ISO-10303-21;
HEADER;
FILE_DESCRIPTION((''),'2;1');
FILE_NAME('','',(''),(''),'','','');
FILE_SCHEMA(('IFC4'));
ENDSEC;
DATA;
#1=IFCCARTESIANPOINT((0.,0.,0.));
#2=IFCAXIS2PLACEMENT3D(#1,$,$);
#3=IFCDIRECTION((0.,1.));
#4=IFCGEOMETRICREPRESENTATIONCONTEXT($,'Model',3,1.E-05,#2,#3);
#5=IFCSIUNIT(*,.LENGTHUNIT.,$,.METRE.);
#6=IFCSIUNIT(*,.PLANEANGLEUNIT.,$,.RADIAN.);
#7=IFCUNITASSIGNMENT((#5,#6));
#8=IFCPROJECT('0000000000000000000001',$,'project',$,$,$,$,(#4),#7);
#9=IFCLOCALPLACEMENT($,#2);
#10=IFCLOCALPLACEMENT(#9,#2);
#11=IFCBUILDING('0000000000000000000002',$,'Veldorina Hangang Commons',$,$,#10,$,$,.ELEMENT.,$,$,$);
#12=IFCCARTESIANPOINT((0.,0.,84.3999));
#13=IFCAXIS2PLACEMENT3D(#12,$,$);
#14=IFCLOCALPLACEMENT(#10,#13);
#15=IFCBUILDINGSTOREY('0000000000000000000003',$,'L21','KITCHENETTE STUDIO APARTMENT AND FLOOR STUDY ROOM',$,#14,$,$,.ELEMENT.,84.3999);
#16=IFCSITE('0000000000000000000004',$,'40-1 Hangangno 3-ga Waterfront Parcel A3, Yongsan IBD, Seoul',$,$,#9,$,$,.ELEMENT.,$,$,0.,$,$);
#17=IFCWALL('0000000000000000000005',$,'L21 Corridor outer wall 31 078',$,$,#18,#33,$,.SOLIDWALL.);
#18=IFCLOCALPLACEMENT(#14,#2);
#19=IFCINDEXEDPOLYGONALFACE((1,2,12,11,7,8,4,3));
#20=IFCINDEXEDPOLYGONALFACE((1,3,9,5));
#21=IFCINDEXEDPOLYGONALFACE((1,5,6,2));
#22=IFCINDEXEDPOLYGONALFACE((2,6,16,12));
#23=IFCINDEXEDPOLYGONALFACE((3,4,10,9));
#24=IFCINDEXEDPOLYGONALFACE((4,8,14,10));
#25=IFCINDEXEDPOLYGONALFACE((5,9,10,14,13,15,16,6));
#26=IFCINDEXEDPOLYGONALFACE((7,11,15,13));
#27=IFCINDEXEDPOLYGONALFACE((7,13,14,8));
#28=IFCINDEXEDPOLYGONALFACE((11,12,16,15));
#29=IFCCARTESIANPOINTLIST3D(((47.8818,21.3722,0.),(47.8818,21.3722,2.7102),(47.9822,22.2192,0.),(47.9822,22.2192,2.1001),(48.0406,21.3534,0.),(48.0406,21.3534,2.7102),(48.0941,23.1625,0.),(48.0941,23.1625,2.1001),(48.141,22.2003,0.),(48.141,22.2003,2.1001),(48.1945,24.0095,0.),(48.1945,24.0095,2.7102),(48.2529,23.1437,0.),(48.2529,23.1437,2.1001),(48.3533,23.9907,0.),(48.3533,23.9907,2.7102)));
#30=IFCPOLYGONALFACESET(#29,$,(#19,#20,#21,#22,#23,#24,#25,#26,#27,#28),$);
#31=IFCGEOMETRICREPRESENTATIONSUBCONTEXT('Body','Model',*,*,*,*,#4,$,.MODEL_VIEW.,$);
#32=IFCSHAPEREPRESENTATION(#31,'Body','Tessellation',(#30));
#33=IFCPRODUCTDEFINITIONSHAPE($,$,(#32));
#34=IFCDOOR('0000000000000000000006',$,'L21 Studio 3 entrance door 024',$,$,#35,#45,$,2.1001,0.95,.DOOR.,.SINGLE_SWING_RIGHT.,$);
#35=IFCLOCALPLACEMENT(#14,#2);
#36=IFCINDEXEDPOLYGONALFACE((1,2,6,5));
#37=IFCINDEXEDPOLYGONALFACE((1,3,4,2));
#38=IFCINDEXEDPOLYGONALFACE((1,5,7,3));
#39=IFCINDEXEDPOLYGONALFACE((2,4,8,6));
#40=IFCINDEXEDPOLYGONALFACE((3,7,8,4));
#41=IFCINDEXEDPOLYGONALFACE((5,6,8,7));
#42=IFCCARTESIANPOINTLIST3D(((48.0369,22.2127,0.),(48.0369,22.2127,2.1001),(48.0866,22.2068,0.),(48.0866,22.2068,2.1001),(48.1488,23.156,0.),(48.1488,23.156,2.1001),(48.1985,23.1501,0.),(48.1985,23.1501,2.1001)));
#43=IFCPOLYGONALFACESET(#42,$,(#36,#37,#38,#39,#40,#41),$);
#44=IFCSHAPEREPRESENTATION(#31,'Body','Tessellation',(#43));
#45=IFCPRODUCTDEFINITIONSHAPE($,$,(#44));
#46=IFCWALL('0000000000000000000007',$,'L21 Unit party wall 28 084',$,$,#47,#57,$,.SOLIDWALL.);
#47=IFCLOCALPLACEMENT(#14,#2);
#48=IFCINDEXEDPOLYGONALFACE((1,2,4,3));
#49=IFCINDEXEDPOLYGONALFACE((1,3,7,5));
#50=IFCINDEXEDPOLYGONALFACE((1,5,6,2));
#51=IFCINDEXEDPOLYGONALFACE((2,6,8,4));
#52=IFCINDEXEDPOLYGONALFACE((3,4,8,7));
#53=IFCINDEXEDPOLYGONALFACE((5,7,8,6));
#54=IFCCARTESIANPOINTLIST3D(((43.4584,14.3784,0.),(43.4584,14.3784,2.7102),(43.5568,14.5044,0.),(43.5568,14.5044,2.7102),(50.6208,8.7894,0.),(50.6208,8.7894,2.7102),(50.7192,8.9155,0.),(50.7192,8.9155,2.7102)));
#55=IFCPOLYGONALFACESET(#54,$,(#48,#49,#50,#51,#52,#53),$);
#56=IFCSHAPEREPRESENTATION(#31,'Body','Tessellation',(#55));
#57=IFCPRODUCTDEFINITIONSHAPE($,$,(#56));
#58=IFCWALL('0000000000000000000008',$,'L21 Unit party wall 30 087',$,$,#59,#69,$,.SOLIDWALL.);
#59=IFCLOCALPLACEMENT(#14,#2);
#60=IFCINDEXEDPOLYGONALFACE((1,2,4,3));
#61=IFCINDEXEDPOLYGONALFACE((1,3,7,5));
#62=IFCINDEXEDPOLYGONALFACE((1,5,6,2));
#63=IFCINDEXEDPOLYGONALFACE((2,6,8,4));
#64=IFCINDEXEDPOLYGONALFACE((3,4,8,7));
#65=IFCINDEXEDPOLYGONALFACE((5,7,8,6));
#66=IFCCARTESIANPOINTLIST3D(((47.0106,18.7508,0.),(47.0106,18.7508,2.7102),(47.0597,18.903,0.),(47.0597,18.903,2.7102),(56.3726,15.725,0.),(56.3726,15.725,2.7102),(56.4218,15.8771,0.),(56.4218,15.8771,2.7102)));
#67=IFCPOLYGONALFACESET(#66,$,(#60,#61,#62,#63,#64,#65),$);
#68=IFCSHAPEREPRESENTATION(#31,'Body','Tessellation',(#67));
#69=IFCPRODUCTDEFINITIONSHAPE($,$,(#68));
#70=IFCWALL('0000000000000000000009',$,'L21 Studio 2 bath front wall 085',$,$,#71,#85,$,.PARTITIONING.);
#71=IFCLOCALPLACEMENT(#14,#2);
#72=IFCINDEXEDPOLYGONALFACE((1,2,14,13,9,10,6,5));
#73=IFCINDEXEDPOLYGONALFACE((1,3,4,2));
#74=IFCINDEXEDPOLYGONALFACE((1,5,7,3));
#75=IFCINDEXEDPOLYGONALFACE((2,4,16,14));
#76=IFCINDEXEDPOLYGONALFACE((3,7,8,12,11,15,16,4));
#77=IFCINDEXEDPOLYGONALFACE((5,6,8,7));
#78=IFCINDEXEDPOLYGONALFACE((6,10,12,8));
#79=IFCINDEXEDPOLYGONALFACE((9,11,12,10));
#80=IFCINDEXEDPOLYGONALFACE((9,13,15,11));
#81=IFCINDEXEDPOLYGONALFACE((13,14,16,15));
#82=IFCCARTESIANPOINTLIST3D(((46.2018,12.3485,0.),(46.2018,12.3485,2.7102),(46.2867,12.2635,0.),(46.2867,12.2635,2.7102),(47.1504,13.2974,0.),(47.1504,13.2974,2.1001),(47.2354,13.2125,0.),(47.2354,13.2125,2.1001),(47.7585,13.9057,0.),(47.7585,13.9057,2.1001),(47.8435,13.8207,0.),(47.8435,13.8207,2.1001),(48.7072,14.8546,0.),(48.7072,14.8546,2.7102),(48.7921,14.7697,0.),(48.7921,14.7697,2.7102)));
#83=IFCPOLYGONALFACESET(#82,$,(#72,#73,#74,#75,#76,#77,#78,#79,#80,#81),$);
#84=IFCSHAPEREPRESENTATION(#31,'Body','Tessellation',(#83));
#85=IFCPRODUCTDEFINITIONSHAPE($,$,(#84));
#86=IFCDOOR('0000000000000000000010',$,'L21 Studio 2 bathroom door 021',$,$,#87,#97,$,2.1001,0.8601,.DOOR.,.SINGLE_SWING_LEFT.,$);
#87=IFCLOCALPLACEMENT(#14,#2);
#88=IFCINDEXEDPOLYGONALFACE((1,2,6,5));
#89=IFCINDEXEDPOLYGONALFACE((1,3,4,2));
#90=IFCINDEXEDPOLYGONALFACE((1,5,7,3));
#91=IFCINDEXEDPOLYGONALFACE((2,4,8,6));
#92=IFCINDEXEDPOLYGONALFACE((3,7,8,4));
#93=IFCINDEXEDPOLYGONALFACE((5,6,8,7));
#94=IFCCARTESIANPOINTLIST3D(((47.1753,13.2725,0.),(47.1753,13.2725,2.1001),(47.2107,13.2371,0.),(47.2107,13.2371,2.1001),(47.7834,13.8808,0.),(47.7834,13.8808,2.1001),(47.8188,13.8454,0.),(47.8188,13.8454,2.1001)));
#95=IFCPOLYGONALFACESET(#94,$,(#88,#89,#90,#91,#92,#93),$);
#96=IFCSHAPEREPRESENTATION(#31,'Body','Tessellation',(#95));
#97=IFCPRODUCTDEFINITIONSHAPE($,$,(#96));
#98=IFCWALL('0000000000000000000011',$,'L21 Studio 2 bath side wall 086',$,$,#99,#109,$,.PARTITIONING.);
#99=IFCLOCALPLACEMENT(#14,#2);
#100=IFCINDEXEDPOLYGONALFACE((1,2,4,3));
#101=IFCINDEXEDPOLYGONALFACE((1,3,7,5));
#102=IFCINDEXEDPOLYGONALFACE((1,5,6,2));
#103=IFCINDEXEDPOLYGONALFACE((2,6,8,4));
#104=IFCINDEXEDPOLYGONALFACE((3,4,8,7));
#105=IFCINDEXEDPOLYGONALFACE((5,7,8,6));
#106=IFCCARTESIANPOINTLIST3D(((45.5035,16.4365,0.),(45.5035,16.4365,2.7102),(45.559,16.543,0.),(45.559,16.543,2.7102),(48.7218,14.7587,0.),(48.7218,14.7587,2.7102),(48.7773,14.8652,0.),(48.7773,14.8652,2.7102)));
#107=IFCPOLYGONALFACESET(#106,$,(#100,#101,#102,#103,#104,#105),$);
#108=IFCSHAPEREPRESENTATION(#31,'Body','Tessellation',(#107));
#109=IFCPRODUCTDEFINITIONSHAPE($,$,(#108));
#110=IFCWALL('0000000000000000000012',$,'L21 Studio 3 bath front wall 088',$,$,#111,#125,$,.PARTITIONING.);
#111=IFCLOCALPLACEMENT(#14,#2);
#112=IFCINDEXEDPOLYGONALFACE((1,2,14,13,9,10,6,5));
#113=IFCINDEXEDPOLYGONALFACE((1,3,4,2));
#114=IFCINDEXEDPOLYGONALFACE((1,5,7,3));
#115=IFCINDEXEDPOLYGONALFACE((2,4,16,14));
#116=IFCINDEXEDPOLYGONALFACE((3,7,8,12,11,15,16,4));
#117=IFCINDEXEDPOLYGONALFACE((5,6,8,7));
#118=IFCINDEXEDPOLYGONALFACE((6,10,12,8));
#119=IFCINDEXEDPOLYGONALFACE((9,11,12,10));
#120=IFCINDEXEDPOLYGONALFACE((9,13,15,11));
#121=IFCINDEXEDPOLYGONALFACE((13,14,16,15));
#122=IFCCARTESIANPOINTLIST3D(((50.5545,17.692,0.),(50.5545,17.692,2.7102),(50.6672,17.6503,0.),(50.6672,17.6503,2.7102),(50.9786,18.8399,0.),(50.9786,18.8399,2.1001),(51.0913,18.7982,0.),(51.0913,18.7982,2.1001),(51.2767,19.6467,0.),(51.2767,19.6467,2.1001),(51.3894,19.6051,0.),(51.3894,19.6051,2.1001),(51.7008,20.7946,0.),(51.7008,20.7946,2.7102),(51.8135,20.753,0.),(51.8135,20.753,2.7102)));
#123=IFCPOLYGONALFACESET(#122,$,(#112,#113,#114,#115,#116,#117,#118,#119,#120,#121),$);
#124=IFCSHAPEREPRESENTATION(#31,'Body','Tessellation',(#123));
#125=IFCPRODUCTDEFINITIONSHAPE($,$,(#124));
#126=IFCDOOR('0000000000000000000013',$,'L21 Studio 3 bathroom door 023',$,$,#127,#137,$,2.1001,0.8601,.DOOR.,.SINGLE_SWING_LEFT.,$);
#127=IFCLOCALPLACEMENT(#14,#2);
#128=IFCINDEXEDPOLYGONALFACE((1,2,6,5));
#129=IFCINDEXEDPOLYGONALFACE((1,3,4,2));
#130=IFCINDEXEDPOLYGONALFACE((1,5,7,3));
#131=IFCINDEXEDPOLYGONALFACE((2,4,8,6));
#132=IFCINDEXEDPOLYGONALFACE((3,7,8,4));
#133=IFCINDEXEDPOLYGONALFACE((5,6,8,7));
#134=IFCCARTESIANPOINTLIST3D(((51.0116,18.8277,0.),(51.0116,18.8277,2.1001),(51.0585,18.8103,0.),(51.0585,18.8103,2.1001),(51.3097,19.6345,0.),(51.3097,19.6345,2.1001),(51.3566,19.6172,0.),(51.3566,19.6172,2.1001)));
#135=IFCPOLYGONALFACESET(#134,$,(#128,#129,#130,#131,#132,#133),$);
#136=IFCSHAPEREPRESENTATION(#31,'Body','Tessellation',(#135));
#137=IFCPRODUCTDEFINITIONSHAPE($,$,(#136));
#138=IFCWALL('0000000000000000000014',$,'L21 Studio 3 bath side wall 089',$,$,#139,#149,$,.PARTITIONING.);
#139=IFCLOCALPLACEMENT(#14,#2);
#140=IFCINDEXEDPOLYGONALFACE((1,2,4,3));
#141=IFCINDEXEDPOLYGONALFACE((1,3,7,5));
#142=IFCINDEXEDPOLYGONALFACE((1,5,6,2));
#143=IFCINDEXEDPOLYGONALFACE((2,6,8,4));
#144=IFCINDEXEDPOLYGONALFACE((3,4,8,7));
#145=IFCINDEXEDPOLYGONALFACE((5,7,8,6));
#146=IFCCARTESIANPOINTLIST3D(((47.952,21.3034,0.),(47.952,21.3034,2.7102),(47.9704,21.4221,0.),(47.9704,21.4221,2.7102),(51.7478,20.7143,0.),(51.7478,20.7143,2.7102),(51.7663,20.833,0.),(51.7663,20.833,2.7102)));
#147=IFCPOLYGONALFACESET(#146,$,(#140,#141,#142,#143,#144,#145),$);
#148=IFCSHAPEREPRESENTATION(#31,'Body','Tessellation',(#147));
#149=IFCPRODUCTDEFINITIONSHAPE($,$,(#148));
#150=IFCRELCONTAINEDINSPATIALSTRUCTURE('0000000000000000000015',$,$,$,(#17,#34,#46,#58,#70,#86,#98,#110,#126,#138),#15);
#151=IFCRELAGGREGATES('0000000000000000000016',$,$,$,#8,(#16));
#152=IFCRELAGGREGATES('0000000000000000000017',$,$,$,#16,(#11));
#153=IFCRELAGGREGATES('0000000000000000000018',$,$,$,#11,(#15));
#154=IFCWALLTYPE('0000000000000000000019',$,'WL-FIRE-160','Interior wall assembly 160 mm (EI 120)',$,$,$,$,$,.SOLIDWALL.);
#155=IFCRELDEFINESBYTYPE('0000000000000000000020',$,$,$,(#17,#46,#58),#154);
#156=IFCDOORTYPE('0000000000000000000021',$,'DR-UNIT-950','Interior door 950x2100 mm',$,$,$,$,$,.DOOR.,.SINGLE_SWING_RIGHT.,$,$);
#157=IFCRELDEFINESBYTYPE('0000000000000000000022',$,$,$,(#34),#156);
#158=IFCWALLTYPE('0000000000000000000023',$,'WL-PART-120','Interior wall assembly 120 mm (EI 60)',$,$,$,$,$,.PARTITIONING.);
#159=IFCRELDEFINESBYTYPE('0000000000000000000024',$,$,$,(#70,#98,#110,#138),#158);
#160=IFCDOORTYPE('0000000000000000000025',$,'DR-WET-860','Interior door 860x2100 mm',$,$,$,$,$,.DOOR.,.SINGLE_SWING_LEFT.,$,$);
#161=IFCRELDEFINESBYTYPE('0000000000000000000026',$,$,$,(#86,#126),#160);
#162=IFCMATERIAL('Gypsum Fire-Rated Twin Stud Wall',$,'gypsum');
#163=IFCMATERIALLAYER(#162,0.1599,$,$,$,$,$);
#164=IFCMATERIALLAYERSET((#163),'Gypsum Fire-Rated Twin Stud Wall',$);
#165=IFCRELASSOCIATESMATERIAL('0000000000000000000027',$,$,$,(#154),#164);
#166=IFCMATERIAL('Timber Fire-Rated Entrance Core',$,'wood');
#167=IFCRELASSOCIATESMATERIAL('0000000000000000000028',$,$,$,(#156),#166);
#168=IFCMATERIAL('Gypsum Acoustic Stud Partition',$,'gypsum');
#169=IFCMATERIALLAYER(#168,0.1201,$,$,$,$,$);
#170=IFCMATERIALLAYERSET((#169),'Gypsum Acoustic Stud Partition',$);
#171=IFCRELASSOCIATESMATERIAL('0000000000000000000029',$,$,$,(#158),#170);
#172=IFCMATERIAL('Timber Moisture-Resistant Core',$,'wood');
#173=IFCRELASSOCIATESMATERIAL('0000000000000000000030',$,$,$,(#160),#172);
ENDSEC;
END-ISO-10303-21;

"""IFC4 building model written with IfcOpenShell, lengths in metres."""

from ifc_helpers import new_model, si_unit, direction, frame, frame_2d, origin, place, context, subcontext, project, spatial, rectangle, extrude, material, layer, layer_set, type_object, element, fill, save


model = new_model("IFC4")

# Units and contexts
model_context = context("Model", 3, precision=1e-05, world=origin(), true_north=direction((0.0, 1.0)))
body_context = subcontext(model_context, "Body", "Model", "MODEL_VIEW")
ifc_project = project(units=[si_unit("LENGTHUNIT", "METRE"), si_unit("PLANEANGLEUNIT", "RADIAN")], contexts=[model_context])

# Site, building, storey
site_placement = place(None, origin())
site = spatial("IfcSite", under=ifc_project, at=site_placement, Name="40-1 Hangangno 3-ga Waterfront Parcel A3, Yongsan IBD, Seoul", CompositionType="ELEMENT", RefElevation=0.0)
building_placement = place(site_placement, origin())
building = spatial("IfcBuilding", under=site, at=building_placement, Name="Veldorina Hangang Commons", CompositionType="ELEMENT")
storey_placement = place(building_placement, frame((0.0, 0.0, 84.3999)))
storey = spatial("IfcBuildingStorey", under=building, at=storey_placement, Name="L21", Description="KITCHENETTE STUDIO APARTMENT AND FLOOR STUDY ROOM", CompositionType="ELEMENT", Elevation=84.3999)

# Shared definitions
ifc_material_1 = material(Name="Gypsum Fire-Rated Twin Stud Wall", Category="gypsum")
ifc_layer_1 = layer(ifc_material_1, 0.1599)
ifc_layer_set_1 = layer_set([ifc_layer_1], Name="Gypsum Fire-Rated Twin Stud Wall")
wall_type_1 = type_object("IfcWallType", Name="WL-FIRE-160", Description="Interior wall assembly 160 mm (EI 120)", PredefinedType="SOLIDWALL", material=ifc_layer_set_1)
ifc_material_2 = material(Name="Timber Fire-Rated Entrance Core", Category="wood")
door_type_1 = type_object("IfcDoorType", Name="DR-UNIT-950", Description="Interior door 950x2100 mm", OperationType="SINGLE_SWING_RIGHT", PredefinedType="DOOR", material=ifc_material_2)

# Wall, opening, door
wall_1_placement = place(storey_placement, frame((47.9612, 21.3628, 0.0), z_axis=(0.0, 0.0, 1.0), x_axis=(0.117764, 0.993042, 0.0)))
wall_1 = element("IfcWall", 1, at=wall_1_placement, inside=storey, type_object=wall_type_1, Name="L21 Corridor outer wall 31 078", PredefinedType="SOLIDWALL", context=body_context, shape_type="SweptSolid", body=[
    extrude(rectangle(XDim=2.6558, YDim=0.1599, at=frame_2d((1.3279, 0.0))), origin(), (0.0, 0.0, 1.0), 2.7102),
])
opening_1_placement = place(wall_1_placement, frame((0.8528, 0.0, 0.0)))
opening_1 = element("IfcOpeningElement", 2, at=opening_1_placement, cuts=wall_1, PredefinedType="OPENING", context=body_context, shape_type="SweptSolid", body=[
    extrude(rectangle(XDim=0.95, YDim=2.1001, at=frame_2d((0.4751, 1.05))), frame((0.0, 0.0898, 0.0), z_axis=(0.0, -1.0, 0.0), x_axis=(1.0, 0.0, 0.0)), (0.0, 0.0, 1.0), 0.1799),
])
door_1_placement = place(opening_1_placement, origin())
door_1 = element("IfcDoor", 3, at=door_1_placement, inside=storey, type_object=door_type_1, Name="L21 Studio 3 entrance door 024", OperationType="SINGLE_SWING_RIGHT", OverallHeight=2.1001, OverallWidth=0.95, PredefinedType="DOOR", context=body_context, shape_type="SweptSolid", body=[
    extrude(rectangle(XDim=0.95, YDim=2.1001, at=frame_2d((0.4751, 1.05))), frame((0.0, 0.0249, 0.0), z_axis=(0.0, -1.0, 0.0), x_axis=(1.0, 0.0, 0.0)), (0.0, 0.0, 1.0), 0.05),
])
fill(opening_1, door_1)

# Walls
wall_2_placement = place(storey_placement, frame((43.5076, 14.4414, 0.0), z_axis=(0.0, 0.0, 1.0), x_axis=(0.788383, -0.615184, 0.0)))
element("IfcWall", 4, at=wall_2_placement, inside=storey, type_object=wall_type_1, Name="L21 Unit party wall 28 084", PredefinedType="SOLIDWALL", context=body_context, shape_type="SweptSolid", body=[
    extrude(rectangle(XDim=9.085, YDim=0.1599, at=frame_2d((4.5425, 0.0))), origin(), (0.0, 0.0, 1.0), 2.7102),
])
wall_3_placement = place(storey_placement, frame((47.0352, 18.8269, 0.0), z_axis=(0.0, 0.0, 1.0), x_axis=(0.951534, -0.307542, 0.0)))
element("IfcWall", 5, at=wall_3_placement, inside=storey, type_object=wall_type_1, Name="L21 Unit party wall 30 087", PredefinedType="SOLIDWALL", context=body_context, shape_type="SweptSolid", body=[
    extrude(rectangle(XDim=9.8389, YDim=0.1599, at=frame_2d((4.9194, 0.0))), origin(), (0.0, 0.0, 1.0), 2.7102),
])

# Wall, opening, door
ifc_material_3 = material(Name="Gypsum Acoustic Stud Partition", Category="gypsum")
ifc_layer_2 = layer(ifc_material_3, 0.1201)
ifc_layer_set_2 = layer_set([ifc_layer_2], Name="Gypsum Acoustic Stud Partition")
wall_type_2 = type_object("IfcWallType", Name="WL-PART-120", Description="Interior wall assembly 120 mm (EI 60)", PredefinedType="PARTITIONING", material=ifc_layer_set_2)
wall_4_placement = place(storey_placement, frame((46.2441, 12.3059, 0.0), z_axis=(0.0, 0.0, 1.0), x_axis=(0.707003, 0.70721, 0.0)))
wall_4 = element("IfcWall", 6, at=wall_4_placement, inside=storey, type_object=wall_type_2, Name="L21 Studio 2 bath front wall 085", PredefinedType="PARTITIONING", context=body_context, shape_type="SweptSolid", body=[
    extrude(rectangle(XDim=3.5437, YDim=0.1201, at=frame_2d((1.772, 0.0))), origin(), (0.0, 0.0, 1.0), 2.7102),
])
opening_2_placement = place(wall_4_placement, frame((1.3418, 0.0, 0.0)))
opening_2 = element("IfcOpeningElement", 7, at=opening_2_placement, cuts=wall_4, PredefinedType="OPENING", context=body_context, shape_type="SweptSolid", body=[
    extrude(rectangle(XDim=0.8601, YDim=2.1001, at=frame_2d((0.4302, 1.05))), frame((0.0, 0.0701, 0.0), z_axis=(0.0, -1.0, 0.0), x_axis=(1.0, 0.0, 0.0)), (0.0, 0.0, 1.0), 0.1401),
])
ifc_material_4 = material(Name="Timber Moisture-Resistant Core", Category="wood")
door_type_2 = type_object("IfcDoorType", Name="DR-WET-860", Description="Interior door 860x2100 mm", OperationType="SINGLE_SWING_LEFT", PredefinedType="DOOR", material=ifc_material_4)
door_2_placement = place(opening_2_placement, origin())
door_2 = element("IfcDoor", 8, at=door_2_placement, inside=storey, type_object=door_type_2, Name="L21 Studio 2 bathroom door 021", OperationType="SINGLE_SWING_LEFT", OverallHeight=2.1001, OverallWidth=0.8601, PredefinedType="DOOR", context=body_context, shape_type="SweptSolid", body=[
    extrude(rectangle(XDim=0.8601, YDim=2.1001, at=frame_2d((0.4302, 1.05))), frame((0.0, 0.0249, 0.0), z_axis=(0.0, -1.0, 0.0), x_axis=(1.0, 0.0, 0.0)), (0.0, 0.0, 1.0), 0.05),
])
fill(opening_2, door_2)

# Wall
wall_5_placement = place(storey_placement, frame((45.5312, 16.4897, 0.0), z_axis=(0.0, 0.0, 1.0), x_axis=(0.886738, -0.462272, 0.0)))
element("IfcWall", 9, at=wall_5_placement, inside=storey, type_object=wall_type_2, Name="L21 Studio 2 bath side wall 086", PredefinedType="PARTITIONING", context=body_context, shape_type="SweptSolid", body=[
    extrude(rectangle(XDim=3.6294, YDim=0.1201, at=frame_2d((1.8147, 0.0))), origin(), (0.0, 0.0, 1.0), 2.7102),
])

# Wall, opening, door
wall_6_placement = place(storey_placement, frame((50.6108, 17.6711, 0.0), z_axis=(0.0, 0.0, 1.0), x_axis=(0.346557, 0.938029, 0.0)))
wall_6 = element("IfcWall", 10, at=wall_6_placement, inside=storey, type_object=wall_type_2, Name="L21 Studio 3 bath front wall 088", PredefinedType="PARTITIONING", context=body_context, shape_type="SweptSolid", body=[
    extrude(rectangle(XDim=3.3076, YDim=0.1201, at=frame_2d((1.6538, 0.0))), origin(), (0.0, 0.0, 1.0), 2.7102),
])
opening_3_placement = place(wall_6_placement, frame((1.2236, 0.0, 0.0)))
opening_3 = element("IfcOpeningElement", 11, at=opening_3_placement, cuts=wall_6, PredefinedType="OPENING", context=body_context, shape_type="SweptSolid", body=[
    extrude(rectangle(XDim=0.8601, YDim=2.1001, at=frame_2d((0.4302, 1.05))), frame((0.0, 0.0701, 0.0), z_axis=(0.0, -1.0, 0.0), x_axis=(1.0, 0.0, 0.0)), (0.0, 0.0, 1.0), 0.1401),
])
door_3_placement = place(opening_3_placement, origin())
door_3 = element("IfcDoor", 12, at=door_3_placement, inside=storey, type_object=door_type_2, Name="L21 Studio 3 bathroom door 023", OperationType="SINGLE_SWING_LEFT", OverallHeight=2.1001, OverallWidth=0.8601, PredefinedType="DOOR", context=body_context, shape_type="SweptSolid", body=[
    extrude(rectangle(XDim=0.8601, YDim=2.1001, at=frame_2d((0.4302, 1.05))), frame((0.0, 0.0249, 0.0), z_axis=(0.0, -1.0, 0.0), x_axis=(1.0, 0.0, 0.0)), (0.0, 0.0, 1.0), 0.05),
])
fill(opening_3, door_3)

# Wall
wall_7_placement = place(storey_placement, frame((47.9612, 21.3628, 0.0), z_axis=(0.0, 0.0, 1.0), x_axis=(0.98817, -0.153361, 0.0)))
element("IfcWall", 13, at=wall_7_placement, inside=storey, type_object=wall_type_2, Name="L21 Studio 3 bath side wall 089", PredefinedType="PARTITIONING", context=body_context, shape_type="SweptSolid", body=[
    extrude(rectangle(XDim=3.8413, YDim=0.1201, at=frame_2d((1.9207, 0.0))), origin(), (0.0, 0.0, 1.0), 2.7102),
])

save(model, "model.ifc")
